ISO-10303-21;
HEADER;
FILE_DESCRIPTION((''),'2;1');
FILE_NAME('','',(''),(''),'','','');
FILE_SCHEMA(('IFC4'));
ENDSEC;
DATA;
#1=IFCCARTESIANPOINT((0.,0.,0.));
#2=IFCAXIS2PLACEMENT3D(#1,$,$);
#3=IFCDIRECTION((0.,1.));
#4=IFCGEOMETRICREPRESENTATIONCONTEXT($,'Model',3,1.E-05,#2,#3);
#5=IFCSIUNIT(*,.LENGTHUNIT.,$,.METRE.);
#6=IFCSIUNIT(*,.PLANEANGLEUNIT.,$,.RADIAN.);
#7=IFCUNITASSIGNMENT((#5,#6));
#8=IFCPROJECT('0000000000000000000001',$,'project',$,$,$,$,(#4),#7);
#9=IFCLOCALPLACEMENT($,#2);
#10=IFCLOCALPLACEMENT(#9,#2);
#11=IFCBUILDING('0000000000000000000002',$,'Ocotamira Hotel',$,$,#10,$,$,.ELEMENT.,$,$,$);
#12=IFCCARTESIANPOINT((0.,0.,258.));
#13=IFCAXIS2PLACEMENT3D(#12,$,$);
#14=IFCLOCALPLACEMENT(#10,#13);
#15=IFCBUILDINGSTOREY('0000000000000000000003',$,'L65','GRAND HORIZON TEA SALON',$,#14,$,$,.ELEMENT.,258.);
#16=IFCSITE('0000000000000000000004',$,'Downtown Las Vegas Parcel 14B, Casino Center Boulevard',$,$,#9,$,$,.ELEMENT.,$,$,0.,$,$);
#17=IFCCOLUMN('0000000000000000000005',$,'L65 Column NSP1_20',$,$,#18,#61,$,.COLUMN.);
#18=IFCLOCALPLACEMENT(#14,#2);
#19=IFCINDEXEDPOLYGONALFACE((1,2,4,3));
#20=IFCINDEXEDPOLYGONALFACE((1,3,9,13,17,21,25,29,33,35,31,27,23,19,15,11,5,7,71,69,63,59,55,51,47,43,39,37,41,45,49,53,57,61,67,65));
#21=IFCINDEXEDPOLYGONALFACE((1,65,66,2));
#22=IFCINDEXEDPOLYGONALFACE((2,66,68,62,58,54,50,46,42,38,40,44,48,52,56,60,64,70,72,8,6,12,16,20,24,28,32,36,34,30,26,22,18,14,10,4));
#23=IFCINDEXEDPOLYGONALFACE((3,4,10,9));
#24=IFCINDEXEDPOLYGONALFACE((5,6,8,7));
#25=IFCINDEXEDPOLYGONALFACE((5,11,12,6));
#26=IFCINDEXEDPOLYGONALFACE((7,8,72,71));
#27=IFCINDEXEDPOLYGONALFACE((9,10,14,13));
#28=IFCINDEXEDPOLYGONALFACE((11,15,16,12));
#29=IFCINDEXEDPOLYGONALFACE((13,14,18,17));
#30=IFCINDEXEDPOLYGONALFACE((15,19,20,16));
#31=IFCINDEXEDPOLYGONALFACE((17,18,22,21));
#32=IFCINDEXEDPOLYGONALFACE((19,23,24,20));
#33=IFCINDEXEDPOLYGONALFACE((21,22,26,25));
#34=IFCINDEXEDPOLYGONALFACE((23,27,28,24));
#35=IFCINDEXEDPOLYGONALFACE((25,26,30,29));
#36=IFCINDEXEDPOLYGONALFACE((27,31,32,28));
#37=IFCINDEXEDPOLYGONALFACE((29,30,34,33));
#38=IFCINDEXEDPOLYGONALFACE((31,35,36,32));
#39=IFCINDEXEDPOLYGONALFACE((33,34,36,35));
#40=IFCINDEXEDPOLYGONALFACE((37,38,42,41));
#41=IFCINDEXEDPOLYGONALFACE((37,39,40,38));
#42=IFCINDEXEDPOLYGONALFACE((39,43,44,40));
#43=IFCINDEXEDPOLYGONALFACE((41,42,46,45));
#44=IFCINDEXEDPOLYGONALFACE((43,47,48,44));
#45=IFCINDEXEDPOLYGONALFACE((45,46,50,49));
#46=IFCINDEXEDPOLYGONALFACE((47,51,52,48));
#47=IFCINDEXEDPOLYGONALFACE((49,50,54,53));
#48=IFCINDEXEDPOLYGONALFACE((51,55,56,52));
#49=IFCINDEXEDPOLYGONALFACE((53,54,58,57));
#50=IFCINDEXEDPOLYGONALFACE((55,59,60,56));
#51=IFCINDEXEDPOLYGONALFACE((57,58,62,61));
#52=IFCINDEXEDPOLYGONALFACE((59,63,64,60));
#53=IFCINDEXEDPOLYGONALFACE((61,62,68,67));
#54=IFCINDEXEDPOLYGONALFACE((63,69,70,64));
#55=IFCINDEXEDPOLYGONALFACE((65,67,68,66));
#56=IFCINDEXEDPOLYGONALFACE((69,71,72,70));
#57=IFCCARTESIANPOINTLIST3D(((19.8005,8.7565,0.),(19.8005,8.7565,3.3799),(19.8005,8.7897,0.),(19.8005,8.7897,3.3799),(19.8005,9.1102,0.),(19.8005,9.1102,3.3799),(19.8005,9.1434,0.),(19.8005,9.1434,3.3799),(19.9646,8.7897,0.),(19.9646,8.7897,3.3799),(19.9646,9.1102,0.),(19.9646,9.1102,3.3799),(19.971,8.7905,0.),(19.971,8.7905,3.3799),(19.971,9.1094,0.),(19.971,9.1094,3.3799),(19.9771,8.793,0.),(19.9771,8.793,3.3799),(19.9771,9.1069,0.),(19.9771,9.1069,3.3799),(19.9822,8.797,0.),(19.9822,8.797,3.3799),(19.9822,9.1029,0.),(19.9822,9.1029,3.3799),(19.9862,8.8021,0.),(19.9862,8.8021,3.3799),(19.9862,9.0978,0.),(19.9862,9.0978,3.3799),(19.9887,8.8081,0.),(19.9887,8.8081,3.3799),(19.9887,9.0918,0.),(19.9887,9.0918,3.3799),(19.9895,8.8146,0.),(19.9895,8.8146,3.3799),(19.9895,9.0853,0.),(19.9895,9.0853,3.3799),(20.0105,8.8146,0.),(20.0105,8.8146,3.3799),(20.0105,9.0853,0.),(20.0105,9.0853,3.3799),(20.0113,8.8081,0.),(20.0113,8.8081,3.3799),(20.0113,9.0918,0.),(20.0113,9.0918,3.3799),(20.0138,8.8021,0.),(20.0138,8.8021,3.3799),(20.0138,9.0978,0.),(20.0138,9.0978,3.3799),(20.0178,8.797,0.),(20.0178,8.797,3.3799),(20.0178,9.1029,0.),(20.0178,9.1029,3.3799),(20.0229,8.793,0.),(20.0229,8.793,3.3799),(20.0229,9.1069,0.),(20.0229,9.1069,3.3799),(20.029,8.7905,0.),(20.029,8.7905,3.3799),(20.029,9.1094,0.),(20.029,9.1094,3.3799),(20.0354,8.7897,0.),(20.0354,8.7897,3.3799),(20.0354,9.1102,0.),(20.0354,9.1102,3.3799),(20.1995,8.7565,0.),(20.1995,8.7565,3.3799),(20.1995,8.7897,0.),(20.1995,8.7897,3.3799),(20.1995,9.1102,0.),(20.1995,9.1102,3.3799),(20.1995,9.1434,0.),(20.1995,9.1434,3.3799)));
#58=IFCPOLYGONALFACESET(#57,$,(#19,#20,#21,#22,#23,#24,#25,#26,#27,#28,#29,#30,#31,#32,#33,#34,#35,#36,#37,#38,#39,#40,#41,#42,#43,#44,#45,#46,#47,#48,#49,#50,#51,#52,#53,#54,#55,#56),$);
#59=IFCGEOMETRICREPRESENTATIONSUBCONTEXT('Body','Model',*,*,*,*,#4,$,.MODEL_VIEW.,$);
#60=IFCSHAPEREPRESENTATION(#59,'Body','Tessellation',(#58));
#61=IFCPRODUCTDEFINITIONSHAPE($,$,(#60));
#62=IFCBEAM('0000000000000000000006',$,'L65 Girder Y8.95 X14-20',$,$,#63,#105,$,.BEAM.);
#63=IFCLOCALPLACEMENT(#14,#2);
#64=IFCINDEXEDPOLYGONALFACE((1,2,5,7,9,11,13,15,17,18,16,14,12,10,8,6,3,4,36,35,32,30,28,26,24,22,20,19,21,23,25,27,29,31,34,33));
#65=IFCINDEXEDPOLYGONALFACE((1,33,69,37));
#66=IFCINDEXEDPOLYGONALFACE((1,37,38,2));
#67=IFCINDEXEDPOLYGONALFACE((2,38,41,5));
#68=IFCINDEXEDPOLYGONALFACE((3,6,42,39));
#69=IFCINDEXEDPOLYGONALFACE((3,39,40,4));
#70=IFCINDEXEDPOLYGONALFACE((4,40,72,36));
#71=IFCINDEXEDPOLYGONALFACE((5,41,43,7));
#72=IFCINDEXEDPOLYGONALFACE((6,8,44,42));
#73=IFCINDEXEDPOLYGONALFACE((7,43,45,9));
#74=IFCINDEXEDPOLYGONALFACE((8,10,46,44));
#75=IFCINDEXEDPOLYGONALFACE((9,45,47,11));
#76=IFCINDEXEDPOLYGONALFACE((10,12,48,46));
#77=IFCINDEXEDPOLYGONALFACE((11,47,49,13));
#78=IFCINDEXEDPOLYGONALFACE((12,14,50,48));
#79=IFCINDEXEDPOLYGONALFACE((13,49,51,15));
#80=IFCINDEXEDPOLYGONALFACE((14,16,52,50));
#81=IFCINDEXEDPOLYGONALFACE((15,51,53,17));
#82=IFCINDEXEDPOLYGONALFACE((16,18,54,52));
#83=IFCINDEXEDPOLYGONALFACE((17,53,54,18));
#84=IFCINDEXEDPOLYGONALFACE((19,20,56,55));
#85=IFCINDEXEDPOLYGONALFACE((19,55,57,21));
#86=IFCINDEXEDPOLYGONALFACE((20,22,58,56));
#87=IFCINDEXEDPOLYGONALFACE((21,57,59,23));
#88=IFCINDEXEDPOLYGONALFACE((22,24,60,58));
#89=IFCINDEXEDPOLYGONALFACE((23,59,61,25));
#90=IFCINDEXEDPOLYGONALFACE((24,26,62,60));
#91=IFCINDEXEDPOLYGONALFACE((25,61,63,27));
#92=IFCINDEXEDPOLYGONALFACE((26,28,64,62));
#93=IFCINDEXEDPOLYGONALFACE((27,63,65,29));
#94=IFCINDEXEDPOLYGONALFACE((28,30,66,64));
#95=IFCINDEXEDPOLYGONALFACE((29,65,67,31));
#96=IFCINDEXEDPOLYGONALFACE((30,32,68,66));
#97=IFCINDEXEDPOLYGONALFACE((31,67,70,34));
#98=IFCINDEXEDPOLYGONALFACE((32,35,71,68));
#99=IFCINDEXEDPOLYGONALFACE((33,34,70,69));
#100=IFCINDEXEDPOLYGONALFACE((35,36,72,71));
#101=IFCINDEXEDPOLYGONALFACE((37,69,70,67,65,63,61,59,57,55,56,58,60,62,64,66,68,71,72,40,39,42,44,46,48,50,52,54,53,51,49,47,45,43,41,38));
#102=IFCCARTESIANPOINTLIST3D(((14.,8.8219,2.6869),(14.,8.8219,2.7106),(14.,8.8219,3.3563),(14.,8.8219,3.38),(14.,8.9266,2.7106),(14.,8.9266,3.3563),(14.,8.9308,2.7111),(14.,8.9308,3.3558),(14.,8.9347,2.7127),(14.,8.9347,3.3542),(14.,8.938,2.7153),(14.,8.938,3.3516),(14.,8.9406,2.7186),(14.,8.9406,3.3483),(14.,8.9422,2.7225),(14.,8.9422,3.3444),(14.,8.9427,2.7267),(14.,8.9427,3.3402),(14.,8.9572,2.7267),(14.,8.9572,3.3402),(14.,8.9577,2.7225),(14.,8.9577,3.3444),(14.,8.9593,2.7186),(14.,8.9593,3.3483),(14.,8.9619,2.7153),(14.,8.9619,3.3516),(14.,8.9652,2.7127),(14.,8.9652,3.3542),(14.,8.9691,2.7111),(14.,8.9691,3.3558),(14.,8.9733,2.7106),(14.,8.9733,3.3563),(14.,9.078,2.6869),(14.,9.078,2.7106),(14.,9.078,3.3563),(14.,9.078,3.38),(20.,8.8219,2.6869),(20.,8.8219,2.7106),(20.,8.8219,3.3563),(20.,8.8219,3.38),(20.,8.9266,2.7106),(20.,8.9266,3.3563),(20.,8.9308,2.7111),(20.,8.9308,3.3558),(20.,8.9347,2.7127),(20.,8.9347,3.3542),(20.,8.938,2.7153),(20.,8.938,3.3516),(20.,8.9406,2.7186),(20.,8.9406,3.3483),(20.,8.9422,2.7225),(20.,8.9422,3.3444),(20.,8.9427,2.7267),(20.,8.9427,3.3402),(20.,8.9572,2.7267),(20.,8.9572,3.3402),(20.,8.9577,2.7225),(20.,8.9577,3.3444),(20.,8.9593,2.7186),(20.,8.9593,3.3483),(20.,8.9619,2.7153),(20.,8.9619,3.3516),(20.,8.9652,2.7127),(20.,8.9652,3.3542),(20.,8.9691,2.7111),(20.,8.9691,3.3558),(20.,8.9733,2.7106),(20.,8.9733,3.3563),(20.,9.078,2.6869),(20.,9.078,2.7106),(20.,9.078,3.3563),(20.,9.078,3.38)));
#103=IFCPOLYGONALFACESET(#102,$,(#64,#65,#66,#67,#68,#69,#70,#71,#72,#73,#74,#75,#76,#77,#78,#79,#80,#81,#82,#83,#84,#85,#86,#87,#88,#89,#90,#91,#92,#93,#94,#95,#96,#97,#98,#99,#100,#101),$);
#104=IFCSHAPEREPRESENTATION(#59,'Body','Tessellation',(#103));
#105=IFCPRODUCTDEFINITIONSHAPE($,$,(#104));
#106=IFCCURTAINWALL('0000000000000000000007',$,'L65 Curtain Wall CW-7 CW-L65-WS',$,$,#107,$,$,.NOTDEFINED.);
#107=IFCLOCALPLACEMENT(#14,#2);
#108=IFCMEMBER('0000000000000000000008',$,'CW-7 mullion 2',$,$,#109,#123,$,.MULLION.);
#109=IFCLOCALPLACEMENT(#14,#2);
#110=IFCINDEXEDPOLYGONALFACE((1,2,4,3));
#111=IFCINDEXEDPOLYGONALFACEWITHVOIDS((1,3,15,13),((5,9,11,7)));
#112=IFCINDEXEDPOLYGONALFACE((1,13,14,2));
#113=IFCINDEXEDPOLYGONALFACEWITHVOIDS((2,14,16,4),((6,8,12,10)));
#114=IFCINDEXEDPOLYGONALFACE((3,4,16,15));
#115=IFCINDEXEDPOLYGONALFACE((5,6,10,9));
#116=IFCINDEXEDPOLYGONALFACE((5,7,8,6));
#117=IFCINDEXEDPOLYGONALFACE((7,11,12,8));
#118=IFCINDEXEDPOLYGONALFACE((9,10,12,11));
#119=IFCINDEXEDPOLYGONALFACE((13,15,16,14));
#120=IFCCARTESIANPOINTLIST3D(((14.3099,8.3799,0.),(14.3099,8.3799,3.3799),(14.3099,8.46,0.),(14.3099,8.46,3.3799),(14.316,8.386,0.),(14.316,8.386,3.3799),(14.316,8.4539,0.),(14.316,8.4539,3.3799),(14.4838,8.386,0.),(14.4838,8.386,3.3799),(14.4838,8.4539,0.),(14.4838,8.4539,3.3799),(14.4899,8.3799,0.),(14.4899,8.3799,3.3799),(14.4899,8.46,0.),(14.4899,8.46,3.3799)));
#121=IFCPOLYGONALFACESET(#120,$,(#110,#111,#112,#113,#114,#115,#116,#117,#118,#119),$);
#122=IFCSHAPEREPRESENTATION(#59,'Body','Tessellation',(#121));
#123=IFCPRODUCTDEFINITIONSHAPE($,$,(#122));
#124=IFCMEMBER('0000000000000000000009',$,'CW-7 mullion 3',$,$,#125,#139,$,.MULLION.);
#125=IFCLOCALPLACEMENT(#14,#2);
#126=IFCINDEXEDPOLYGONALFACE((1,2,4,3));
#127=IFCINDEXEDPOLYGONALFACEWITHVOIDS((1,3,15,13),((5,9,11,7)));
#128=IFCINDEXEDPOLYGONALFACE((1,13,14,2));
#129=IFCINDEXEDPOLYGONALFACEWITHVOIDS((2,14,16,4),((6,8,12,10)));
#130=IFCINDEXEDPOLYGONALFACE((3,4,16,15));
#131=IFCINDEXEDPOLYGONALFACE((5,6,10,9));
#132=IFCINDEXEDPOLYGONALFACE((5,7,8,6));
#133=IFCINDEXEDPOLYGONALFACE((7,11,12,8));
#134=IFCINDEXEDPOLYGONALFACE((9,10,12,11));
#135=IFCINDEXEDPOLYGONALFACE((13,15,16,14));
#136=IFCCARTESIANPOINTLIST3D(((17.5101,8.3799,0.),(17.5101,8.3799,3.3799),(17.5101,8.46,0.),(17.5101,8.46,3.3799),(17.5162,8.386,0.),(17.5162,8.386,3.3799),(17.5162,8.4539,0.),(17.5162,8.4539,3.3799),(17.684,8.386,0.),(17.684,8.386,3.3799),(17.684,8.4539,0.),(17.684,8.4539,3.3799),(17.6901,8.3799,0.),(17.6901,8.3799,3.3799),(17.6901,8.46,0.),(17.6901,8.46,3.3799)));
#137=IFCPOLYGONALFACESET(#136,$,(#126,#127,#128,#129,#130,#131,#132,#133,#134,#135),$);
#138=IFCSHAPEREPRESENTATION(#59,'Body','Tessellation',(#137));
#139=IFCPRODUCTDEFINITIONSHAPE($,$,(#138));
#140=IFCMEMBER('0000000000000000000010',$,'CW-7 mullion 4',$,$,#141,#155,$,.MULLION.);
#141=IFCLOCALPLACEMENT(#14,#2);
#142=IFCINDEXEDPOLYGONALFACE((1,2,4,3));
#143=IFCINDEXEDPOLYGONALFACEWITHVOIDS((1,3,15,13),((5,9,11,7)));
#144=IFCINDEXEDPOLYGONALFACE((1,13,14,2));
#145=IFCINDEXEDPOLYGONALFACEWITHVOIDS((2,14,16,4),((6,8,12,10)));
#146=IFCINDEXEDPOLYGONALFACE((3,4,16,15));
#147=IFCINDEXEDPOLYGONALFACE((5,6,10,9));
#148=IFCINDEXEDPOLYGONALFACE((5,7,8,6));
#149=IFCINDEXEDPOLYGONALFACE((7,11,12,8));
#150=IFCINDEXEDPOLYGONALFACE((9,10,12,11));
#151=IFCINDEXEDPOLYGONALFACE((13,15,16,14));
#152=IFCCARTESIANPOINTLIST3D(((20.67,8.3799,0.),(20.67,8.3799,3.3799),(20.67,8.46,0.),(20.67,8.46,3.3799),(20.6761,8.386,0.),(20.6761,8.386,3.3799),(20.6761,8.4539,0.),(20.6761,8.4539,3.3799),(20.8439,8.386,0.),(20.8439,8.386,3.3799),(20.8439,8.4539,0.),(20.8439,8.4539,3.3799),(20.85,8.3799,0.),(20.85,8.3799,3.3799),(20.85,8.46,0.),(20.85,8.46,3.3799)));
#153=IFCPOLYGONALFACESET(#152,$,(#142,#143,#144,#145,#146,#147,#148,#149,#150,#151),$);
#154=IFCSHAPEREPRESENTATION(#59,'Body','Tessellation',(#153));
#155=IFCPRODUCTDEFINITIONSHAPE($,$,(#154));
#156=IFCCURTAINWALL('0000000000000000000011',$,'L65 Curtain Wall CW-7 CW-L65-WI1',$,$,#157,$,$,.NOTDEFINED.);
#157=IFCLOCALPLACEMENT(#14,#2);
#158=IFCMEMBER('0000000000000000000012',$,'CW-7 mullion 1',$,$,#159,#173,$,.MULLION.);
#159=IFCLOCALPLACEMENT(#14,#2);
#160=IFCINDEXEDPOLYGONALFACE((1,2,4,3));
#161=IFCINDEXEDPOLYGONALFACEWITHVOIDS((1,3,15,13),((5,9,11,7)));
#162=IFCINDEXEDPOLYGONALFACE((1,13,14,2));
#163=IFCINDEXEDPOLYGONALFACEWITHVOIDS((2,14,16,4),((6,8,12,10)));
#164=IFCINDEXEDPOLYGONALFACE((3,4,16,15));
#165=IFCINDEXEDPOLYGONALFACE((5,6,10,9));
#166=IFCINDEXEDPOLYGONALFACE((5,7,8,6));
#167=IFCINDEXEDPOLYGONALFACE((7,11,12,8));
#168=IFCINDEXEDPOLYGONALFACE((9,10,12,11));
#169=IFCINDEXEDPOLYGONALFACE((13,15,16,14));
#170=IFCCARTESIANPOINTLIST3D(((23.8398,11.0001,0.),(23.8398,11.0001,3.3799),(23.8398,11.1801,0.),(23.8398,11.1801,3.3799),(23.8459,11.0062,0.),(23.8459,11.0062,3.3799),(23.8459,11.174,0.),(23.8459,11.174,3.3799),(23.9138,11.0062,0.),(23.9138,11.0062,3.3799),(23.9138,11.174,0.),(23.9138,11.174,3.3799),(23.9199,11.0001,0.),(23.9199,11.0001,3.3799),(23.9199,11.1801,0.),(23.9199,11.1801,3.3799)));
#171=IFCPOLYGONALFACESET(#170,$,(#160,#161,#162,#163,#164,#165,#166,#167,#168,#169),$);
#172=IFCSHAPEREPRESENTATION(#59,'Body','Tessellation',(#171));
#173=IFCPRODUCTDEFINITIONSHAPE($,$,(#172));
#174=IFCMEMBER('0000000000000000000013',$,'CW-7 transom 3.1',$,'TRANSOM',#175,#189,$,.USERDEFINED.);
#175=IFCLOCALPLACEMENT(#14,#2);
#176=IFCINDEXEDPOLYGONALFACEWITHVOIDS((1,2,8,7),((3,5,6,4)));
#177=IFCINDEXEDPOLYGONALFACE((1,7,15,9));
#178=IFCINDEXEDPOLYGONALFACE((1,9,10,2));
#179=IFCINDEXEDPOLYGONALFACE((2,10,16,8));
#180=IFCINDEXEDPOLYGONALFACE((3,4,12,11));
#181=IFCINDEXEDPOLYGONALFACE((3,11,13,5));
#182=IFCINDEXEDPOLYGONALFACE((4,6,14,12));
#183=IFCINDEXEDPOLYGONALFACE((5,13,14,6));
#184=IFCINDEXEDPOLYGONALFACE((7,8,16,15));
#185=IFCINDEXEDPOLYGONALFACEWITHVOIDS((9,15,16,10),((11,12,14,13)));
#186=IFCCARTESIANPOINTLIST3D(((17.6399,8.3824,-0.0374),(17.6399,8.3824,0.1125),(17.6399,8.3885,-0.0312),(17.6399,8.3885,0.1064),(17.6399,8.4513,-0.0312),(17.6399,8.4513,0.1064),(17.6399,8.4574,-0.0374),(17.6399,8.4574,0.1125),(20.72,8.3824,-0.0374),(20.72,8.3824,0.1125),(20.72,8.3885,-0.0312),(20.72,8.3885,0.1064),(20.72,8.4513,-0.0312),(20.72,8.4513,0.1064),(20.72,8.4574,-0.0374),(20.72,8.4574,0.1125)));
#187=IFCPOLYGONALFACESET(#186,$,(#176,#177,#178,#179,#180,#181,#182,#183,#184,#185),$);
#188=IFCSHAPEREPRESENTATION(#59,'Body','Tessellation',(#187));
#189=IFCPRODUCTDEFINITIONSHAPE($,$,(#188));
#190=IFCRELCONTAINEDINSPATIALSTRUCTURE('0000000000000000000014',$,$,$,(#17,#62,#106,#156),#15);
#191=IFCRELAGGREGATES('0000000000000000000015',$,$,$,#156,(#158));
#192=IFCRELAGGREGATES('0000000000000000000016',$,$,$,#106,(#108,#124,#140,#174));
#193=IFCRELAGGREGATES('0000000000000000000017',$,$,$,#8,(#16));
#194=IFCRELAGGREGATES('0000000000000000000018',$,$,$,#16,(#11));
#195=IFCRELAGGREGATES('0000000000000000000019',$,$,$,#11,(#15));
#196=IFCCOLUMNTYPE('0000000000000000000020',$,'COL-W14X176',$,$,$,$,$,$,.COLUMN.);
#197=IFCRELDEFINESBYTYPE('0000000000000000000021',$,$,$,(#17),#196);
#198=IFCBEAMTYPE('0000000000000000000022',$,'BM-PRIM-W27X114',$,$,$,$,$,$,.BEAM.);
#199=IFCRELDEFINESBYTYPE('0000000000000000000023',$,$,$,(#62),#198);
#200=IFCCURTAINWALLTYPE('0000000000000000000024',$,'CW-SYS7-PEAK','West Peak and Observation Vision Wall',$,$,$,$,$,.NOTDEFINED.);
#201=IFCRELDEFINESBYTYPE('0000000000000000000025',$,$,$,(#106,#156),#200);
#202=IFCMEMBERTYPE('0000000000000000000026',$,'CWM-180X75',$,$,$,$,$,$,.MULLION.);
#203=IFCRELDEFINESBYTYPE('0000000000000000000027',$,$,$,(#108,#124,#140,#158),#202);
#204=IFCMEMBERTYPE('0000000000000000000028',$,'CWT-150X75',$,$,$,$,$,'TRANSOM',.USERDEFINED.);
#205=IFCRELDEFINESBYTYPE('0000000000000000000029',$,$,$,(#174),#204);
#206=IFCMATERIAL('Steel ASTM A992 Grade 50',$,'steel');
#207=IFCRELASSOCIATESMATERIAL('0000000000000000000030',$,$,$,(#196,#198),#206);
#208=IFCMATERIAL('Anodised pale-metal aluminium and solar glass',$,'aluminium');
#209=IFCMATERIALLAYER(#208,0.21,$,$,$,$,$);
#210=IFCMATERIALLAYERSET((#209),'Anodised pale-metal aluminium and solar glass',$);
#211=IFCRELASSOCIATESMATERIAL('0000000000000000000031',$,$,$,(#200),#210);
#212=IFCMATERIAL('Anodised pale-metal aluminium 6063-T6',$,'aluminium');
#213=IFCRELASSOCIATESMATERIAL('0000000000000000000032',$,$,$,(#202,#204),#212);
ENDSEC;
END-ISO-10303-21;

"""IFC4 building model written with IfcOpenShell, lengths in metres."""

from ifc_helpers import new_model, si_unit, direction, frame, origin, origin_2d, place, context, subcontext, project, spatial, hollow_rectangle, i_section, extrude, source, transform, mapped, material, layer, layer_set, material_profile, profile_set, type_object, element, aggregate, save


model = new_model("IFC4")

# Units and contexts
model_context = context("Model", 3, precision=1e-05, world=origin(), true_north=direction((0.0, 1.0)))
body_context = subcontext(model_context, "Body", "Model", "MODEL_VIEW")
ifc_project = project(units=[si_unit("LENGTHUNIT", "METRE"), si_unit("PLANEANGLEUNIT", "RADIAN")], contexts=[model_context])

# Site, building, storey
site_placement = place(None, origin())
site = spatial("IfcSite", under=ifc_project, at=site_placement, Name="Downtown Las Vegas Parcel 14B, Casino Center Boulevard", CompositionType="ELEMENT", RefElevation=0.0)
building_placement = place(site_placement, origin())
building = spatial("IfcBuilding", under=site, at=building_placement, Name="Ocotamira Hotel", CompositionType="ELEMENT")
storey_placement = place(building_placement, frame((0.0, 0.0, 258.0)))
storey = spatial("IfcBuildingStorey", under=building, at=storey_placement, Name="L65", Description="GRAND HORIZON TEA SALON", CompositionType="ELEMENT", Elevation=258.0)

# Column
ifc_material_1 = material(Name="Steel ASTM A992 Grade 50", Category="steel")
ifc_material_profile_1 = material_profile(ifc_material_1, i_section(OverallWidth=0.3989, OverallDepth=0.387, WebThickness=0.021, FlangeThickness=0.0332, FilletRadius=0.0249, at=origin_2d()), Name="W14X176")
ifc_profile_set_1 = profile_set([ifc_material_profile_1], Name="Steel ASTM A992 Grade 50")
column_type = type_object("IfcColumnType", Name="COL-W14X176", PredefinedType="COLUMN", material=ifc_profile_set_1)
shared_shape_1 = source(origin(), body_context, "Body", "SweptSolid", [
    extrude(i_section(OverallWidth=0.3989, OverallDepth=0.387, WebThickness=0.021, FlangeThickness=0.0332, FilletRadius=0.0249, at=origin_2d()), origin(), (0.0, 0.0, 1.0), 3.3799),
])
column_placement = place(storey_placement, frame((20.0, 8.95, 0.0), z_axis=(0.0, 0.0, 1.0), x_axis=(1.0, 0.0, 0.0)))
element("IfcColumn", 1, at=column_placement, inside=storey, type_object=column_type, Name="L65 Column NSP1_20", PredefinedType="COLUMN", context=body_context, shape_type="MappedRepresentation", body=[
    mapped(shared_shape_1, transform((0.0, 0.0, 0.0), scale=1.0)),
])

# Beam
ifc_material_profile_2 = material_profile(ifc_material_1, i_section(OverallWidth=0.2561, OverallDepth=0.6931, WebThickness=0.0144, FlangeThickness=0.0237, FilletRadius=0.0161, at=origin_2d()), Name="W27X114")
ifc_profile_set_2 = profile_set([ifc_material_profile_2], Name="Steel ASTM A992 Grade 50")
beam_type = type_object("IfcBeamType", Name="BM-PRIM-W27X114", PredefinedType="BEAM", material=ifc_profile_set_2)
shared_shape_2 = source(origin(), body_context, "Body", "SweptSolid", [
    extrude(i_section(OverallWidth=0.2561, OverallDepth=0.6931, WebThickness=0.0144, FlangeThickness=0.0237, FilletRadius=0.0161, at=origin_2d()), origin(), (0.0, 0.0, 1.0), 6.0),
])
beam_placement = place(storey_placement, frame((14.0, 8.95, 3.0334), z_axis=(1.0, 0.0, 0.0), x_axis=(0.0, 1.0, 0.0)))
element("IfcBeam", 2, at=beam_placement, inside=storey, type_object=beam_type, Name="L65 Girder Y8.95 X14-20", PredefinedType="BEAM", context=body_context, shape_type="MappedRepresentation", body=[
    mapped(shared_shape_2, transform((0.0, 0.0, 0.0), scale=1.0)),
])

# Curtain wall, members
ifc_material_2 = material(Name="Anodised pale-metal aluminium and solar glass", Category="aluminium")
ifc_layer_1 = layer(ifc_material_2, 0.21)
ifc_layer_set_1 = layer_set([ifc_layer_1], Name="Anodised pale-metal aluminium and solar glass")
curtain_wall_type = type_object("IfcCurtainWallType", Name="CW-SYS7-PEAK", Description="West Peak and Observation Vision Wall", PredefinedType="NOTDEFINED", material=ifc_layer_set_1)
curtain_wall_1_placement = place(storey_placement, origin())
curtain_wall_1 = element("IfcCurtainWall", 3, at=curtain_wall_1_placement, inside=storey, type_object=curtain_wall_type, Name="L65 Curtain Wall CW-7 CW-L65-WS", PredefinedType="NOTDEFINED")
ifc_material_3 = material(Name="Anodised pale-metal aluminium 6063-T6", Category="aluminium")
ifc_material_profile_3 = material_profile(ifc_material_3, hollow_rectangle(XDim=0.0801, YDim=0.1799, WallThickness=0.0061, at=origin_2d()), Name="HSS180X80X6")
ifc_profile_set_3 = profile_set([ifc_material_profile_3], Name="Anodised pale-metal aluminium 6063-T6")
member_type_1 = type_object("IfcMemberType", Name="CWM-180X75", PredefinedType="MULLION", material=ifc_profile_set_3)
shared_shape_3 = source(origin(), body_context, "Body", "SweptSolid", [
    extrude(hollow_rectangle(XDim=0.0801, YDim=0.1799, WallThickness=0.0061, at=origin_2d()), origin(), (0.0, 0.0, 1.0), 3.3799),
])
member_1_placement = place(storey_placement, frame((14.3999, 8.4199, 0.0), z_axis=(0.0, 0.0, 1.0), x_axis=(0.0, 1.0, 0.0)))
member_1 = element("IfcMember", 4, at=member_1_placement, type_object=member_type_1, Name="CW-7 mullion 2", PredefinedType="MULLION", context=body_context, shape_type="MappedRepresentation", body=[
    mapped(shared_shape_3, transform((0.0, 0.0, 0.0), scale=1.0)),
])
member_2_placement = place(storey_placement, frame((17.6001, 8.4199, 0.0), z_axis=(0.0, 0.0, 1.0), x_axis=(0.0, 1.0, 0.0)))
member_2 = element("IfcMember", 5, at=member_2_placement, type_object=member_type_1, Name="CW-7 mullion 3", PredefinedType="MULLION", context=body_context, shape_type="MappedRepresentation", body=[
    mapped(shared_shape_3, transform((0.0, 0.0, 0.0), scale=1.0)),
])
member_3_placement = place(storey_placement, frame((20.76, 8.4199, 0.0), z_axis=(0.0, 0.0, 1.0), x_axis=(0.0, 1.0, 0.0)))
member_3 = element("IfcMember", 6, at=member_3_placement, type_object=member_type_1, Name="CW-7 mullion 4", PredefinedType="MULLION", context=body_context, shape_type="MappedRepresentation", body=[
    mapped(shared_shape_3, transform((0.0, 0.0, 0.0), scale=1.0)),
])

# Curtain wall, member
curtain_wall_2_placement = place(storey_placement, origin())
curtain_wall_2 = element("IfcCurtainWall", 7, at=curtain_wall_2_placement, inside=storey, type_object=curtain_wall_type, Name="L65 Curtain Wall CW-7 CW-L65-WI1", PredefinedType="NOTDEFINED")
member_4_placement = place(storey_placement, frame((23.8799, 11.0901, 0.0), z_axis=(0.0, 0.0, 1.0), x_axis=(-1.0, 0.0, 0.0)))
member_4 = element("IfcMember", 8, at=member_4_placement, type_object=member_type_1, Name="CW-7 mullion 1", PredefinedType="MULLION", context=body_context, shape_type="MappedRepresentation", body=[
    mapped(shared_shape_3, transform((0.0, 0.0, 0.0), scale=1.0)),
])

# Member
ifc_material_profile_4 = material_profile(ifc_material_3, hollow_rectangle(XDim=0.075, YDim=0.1499, WallThickness=0.0061, at=origin_2d()), Name="HSS150X75X6")
ifc_profile_set_4 = profile_set([ifc_material_profile_4], Name="Anodised pale-metal aluminium 6063-T6")
member_type_2 = type_object("IfcMemberType", Name="CWT-150X75", ElementType="TRANSOM", PredefinedType="USERDEFINED", material=ifc_profile_set_4)
shared_shape_4 = source(origin(), body_context, "Body", "SweptSolid", [
    extrude(hollow_rectangle(XDim=0.075, YDim=0.1499, WallThickness=0.0061, at=origin_2d()), origin(), (0.0, 0.0, 1.0), 3.0801),
])
member_5_placement = place(storey_placement, frame((17.6399, 8.4199, 0.0376), z_axis=(1.0, 0.0, 0.0), x_axis=(0.0, 1.0, 0.0)))
member_5 = element("IfcMember", 9, at=member_5_placement, type_object=member_type_2, Name="CW-7 transom 3.1", ObjectType="TRANSOM", PredefinedType="USERDEFINED", context=body_context, shape_type="MappedRepresentation", body=[
    mapped(shared_shape_4, transform((0.0, 0.0, 0.0), scale=1.0)),
])
aggregate(curtain_wall_2, [member_4])

aggregate(curtain_wall_1, [member_1, member_2, member_3, member_5])

save(model, "model.ifc")
